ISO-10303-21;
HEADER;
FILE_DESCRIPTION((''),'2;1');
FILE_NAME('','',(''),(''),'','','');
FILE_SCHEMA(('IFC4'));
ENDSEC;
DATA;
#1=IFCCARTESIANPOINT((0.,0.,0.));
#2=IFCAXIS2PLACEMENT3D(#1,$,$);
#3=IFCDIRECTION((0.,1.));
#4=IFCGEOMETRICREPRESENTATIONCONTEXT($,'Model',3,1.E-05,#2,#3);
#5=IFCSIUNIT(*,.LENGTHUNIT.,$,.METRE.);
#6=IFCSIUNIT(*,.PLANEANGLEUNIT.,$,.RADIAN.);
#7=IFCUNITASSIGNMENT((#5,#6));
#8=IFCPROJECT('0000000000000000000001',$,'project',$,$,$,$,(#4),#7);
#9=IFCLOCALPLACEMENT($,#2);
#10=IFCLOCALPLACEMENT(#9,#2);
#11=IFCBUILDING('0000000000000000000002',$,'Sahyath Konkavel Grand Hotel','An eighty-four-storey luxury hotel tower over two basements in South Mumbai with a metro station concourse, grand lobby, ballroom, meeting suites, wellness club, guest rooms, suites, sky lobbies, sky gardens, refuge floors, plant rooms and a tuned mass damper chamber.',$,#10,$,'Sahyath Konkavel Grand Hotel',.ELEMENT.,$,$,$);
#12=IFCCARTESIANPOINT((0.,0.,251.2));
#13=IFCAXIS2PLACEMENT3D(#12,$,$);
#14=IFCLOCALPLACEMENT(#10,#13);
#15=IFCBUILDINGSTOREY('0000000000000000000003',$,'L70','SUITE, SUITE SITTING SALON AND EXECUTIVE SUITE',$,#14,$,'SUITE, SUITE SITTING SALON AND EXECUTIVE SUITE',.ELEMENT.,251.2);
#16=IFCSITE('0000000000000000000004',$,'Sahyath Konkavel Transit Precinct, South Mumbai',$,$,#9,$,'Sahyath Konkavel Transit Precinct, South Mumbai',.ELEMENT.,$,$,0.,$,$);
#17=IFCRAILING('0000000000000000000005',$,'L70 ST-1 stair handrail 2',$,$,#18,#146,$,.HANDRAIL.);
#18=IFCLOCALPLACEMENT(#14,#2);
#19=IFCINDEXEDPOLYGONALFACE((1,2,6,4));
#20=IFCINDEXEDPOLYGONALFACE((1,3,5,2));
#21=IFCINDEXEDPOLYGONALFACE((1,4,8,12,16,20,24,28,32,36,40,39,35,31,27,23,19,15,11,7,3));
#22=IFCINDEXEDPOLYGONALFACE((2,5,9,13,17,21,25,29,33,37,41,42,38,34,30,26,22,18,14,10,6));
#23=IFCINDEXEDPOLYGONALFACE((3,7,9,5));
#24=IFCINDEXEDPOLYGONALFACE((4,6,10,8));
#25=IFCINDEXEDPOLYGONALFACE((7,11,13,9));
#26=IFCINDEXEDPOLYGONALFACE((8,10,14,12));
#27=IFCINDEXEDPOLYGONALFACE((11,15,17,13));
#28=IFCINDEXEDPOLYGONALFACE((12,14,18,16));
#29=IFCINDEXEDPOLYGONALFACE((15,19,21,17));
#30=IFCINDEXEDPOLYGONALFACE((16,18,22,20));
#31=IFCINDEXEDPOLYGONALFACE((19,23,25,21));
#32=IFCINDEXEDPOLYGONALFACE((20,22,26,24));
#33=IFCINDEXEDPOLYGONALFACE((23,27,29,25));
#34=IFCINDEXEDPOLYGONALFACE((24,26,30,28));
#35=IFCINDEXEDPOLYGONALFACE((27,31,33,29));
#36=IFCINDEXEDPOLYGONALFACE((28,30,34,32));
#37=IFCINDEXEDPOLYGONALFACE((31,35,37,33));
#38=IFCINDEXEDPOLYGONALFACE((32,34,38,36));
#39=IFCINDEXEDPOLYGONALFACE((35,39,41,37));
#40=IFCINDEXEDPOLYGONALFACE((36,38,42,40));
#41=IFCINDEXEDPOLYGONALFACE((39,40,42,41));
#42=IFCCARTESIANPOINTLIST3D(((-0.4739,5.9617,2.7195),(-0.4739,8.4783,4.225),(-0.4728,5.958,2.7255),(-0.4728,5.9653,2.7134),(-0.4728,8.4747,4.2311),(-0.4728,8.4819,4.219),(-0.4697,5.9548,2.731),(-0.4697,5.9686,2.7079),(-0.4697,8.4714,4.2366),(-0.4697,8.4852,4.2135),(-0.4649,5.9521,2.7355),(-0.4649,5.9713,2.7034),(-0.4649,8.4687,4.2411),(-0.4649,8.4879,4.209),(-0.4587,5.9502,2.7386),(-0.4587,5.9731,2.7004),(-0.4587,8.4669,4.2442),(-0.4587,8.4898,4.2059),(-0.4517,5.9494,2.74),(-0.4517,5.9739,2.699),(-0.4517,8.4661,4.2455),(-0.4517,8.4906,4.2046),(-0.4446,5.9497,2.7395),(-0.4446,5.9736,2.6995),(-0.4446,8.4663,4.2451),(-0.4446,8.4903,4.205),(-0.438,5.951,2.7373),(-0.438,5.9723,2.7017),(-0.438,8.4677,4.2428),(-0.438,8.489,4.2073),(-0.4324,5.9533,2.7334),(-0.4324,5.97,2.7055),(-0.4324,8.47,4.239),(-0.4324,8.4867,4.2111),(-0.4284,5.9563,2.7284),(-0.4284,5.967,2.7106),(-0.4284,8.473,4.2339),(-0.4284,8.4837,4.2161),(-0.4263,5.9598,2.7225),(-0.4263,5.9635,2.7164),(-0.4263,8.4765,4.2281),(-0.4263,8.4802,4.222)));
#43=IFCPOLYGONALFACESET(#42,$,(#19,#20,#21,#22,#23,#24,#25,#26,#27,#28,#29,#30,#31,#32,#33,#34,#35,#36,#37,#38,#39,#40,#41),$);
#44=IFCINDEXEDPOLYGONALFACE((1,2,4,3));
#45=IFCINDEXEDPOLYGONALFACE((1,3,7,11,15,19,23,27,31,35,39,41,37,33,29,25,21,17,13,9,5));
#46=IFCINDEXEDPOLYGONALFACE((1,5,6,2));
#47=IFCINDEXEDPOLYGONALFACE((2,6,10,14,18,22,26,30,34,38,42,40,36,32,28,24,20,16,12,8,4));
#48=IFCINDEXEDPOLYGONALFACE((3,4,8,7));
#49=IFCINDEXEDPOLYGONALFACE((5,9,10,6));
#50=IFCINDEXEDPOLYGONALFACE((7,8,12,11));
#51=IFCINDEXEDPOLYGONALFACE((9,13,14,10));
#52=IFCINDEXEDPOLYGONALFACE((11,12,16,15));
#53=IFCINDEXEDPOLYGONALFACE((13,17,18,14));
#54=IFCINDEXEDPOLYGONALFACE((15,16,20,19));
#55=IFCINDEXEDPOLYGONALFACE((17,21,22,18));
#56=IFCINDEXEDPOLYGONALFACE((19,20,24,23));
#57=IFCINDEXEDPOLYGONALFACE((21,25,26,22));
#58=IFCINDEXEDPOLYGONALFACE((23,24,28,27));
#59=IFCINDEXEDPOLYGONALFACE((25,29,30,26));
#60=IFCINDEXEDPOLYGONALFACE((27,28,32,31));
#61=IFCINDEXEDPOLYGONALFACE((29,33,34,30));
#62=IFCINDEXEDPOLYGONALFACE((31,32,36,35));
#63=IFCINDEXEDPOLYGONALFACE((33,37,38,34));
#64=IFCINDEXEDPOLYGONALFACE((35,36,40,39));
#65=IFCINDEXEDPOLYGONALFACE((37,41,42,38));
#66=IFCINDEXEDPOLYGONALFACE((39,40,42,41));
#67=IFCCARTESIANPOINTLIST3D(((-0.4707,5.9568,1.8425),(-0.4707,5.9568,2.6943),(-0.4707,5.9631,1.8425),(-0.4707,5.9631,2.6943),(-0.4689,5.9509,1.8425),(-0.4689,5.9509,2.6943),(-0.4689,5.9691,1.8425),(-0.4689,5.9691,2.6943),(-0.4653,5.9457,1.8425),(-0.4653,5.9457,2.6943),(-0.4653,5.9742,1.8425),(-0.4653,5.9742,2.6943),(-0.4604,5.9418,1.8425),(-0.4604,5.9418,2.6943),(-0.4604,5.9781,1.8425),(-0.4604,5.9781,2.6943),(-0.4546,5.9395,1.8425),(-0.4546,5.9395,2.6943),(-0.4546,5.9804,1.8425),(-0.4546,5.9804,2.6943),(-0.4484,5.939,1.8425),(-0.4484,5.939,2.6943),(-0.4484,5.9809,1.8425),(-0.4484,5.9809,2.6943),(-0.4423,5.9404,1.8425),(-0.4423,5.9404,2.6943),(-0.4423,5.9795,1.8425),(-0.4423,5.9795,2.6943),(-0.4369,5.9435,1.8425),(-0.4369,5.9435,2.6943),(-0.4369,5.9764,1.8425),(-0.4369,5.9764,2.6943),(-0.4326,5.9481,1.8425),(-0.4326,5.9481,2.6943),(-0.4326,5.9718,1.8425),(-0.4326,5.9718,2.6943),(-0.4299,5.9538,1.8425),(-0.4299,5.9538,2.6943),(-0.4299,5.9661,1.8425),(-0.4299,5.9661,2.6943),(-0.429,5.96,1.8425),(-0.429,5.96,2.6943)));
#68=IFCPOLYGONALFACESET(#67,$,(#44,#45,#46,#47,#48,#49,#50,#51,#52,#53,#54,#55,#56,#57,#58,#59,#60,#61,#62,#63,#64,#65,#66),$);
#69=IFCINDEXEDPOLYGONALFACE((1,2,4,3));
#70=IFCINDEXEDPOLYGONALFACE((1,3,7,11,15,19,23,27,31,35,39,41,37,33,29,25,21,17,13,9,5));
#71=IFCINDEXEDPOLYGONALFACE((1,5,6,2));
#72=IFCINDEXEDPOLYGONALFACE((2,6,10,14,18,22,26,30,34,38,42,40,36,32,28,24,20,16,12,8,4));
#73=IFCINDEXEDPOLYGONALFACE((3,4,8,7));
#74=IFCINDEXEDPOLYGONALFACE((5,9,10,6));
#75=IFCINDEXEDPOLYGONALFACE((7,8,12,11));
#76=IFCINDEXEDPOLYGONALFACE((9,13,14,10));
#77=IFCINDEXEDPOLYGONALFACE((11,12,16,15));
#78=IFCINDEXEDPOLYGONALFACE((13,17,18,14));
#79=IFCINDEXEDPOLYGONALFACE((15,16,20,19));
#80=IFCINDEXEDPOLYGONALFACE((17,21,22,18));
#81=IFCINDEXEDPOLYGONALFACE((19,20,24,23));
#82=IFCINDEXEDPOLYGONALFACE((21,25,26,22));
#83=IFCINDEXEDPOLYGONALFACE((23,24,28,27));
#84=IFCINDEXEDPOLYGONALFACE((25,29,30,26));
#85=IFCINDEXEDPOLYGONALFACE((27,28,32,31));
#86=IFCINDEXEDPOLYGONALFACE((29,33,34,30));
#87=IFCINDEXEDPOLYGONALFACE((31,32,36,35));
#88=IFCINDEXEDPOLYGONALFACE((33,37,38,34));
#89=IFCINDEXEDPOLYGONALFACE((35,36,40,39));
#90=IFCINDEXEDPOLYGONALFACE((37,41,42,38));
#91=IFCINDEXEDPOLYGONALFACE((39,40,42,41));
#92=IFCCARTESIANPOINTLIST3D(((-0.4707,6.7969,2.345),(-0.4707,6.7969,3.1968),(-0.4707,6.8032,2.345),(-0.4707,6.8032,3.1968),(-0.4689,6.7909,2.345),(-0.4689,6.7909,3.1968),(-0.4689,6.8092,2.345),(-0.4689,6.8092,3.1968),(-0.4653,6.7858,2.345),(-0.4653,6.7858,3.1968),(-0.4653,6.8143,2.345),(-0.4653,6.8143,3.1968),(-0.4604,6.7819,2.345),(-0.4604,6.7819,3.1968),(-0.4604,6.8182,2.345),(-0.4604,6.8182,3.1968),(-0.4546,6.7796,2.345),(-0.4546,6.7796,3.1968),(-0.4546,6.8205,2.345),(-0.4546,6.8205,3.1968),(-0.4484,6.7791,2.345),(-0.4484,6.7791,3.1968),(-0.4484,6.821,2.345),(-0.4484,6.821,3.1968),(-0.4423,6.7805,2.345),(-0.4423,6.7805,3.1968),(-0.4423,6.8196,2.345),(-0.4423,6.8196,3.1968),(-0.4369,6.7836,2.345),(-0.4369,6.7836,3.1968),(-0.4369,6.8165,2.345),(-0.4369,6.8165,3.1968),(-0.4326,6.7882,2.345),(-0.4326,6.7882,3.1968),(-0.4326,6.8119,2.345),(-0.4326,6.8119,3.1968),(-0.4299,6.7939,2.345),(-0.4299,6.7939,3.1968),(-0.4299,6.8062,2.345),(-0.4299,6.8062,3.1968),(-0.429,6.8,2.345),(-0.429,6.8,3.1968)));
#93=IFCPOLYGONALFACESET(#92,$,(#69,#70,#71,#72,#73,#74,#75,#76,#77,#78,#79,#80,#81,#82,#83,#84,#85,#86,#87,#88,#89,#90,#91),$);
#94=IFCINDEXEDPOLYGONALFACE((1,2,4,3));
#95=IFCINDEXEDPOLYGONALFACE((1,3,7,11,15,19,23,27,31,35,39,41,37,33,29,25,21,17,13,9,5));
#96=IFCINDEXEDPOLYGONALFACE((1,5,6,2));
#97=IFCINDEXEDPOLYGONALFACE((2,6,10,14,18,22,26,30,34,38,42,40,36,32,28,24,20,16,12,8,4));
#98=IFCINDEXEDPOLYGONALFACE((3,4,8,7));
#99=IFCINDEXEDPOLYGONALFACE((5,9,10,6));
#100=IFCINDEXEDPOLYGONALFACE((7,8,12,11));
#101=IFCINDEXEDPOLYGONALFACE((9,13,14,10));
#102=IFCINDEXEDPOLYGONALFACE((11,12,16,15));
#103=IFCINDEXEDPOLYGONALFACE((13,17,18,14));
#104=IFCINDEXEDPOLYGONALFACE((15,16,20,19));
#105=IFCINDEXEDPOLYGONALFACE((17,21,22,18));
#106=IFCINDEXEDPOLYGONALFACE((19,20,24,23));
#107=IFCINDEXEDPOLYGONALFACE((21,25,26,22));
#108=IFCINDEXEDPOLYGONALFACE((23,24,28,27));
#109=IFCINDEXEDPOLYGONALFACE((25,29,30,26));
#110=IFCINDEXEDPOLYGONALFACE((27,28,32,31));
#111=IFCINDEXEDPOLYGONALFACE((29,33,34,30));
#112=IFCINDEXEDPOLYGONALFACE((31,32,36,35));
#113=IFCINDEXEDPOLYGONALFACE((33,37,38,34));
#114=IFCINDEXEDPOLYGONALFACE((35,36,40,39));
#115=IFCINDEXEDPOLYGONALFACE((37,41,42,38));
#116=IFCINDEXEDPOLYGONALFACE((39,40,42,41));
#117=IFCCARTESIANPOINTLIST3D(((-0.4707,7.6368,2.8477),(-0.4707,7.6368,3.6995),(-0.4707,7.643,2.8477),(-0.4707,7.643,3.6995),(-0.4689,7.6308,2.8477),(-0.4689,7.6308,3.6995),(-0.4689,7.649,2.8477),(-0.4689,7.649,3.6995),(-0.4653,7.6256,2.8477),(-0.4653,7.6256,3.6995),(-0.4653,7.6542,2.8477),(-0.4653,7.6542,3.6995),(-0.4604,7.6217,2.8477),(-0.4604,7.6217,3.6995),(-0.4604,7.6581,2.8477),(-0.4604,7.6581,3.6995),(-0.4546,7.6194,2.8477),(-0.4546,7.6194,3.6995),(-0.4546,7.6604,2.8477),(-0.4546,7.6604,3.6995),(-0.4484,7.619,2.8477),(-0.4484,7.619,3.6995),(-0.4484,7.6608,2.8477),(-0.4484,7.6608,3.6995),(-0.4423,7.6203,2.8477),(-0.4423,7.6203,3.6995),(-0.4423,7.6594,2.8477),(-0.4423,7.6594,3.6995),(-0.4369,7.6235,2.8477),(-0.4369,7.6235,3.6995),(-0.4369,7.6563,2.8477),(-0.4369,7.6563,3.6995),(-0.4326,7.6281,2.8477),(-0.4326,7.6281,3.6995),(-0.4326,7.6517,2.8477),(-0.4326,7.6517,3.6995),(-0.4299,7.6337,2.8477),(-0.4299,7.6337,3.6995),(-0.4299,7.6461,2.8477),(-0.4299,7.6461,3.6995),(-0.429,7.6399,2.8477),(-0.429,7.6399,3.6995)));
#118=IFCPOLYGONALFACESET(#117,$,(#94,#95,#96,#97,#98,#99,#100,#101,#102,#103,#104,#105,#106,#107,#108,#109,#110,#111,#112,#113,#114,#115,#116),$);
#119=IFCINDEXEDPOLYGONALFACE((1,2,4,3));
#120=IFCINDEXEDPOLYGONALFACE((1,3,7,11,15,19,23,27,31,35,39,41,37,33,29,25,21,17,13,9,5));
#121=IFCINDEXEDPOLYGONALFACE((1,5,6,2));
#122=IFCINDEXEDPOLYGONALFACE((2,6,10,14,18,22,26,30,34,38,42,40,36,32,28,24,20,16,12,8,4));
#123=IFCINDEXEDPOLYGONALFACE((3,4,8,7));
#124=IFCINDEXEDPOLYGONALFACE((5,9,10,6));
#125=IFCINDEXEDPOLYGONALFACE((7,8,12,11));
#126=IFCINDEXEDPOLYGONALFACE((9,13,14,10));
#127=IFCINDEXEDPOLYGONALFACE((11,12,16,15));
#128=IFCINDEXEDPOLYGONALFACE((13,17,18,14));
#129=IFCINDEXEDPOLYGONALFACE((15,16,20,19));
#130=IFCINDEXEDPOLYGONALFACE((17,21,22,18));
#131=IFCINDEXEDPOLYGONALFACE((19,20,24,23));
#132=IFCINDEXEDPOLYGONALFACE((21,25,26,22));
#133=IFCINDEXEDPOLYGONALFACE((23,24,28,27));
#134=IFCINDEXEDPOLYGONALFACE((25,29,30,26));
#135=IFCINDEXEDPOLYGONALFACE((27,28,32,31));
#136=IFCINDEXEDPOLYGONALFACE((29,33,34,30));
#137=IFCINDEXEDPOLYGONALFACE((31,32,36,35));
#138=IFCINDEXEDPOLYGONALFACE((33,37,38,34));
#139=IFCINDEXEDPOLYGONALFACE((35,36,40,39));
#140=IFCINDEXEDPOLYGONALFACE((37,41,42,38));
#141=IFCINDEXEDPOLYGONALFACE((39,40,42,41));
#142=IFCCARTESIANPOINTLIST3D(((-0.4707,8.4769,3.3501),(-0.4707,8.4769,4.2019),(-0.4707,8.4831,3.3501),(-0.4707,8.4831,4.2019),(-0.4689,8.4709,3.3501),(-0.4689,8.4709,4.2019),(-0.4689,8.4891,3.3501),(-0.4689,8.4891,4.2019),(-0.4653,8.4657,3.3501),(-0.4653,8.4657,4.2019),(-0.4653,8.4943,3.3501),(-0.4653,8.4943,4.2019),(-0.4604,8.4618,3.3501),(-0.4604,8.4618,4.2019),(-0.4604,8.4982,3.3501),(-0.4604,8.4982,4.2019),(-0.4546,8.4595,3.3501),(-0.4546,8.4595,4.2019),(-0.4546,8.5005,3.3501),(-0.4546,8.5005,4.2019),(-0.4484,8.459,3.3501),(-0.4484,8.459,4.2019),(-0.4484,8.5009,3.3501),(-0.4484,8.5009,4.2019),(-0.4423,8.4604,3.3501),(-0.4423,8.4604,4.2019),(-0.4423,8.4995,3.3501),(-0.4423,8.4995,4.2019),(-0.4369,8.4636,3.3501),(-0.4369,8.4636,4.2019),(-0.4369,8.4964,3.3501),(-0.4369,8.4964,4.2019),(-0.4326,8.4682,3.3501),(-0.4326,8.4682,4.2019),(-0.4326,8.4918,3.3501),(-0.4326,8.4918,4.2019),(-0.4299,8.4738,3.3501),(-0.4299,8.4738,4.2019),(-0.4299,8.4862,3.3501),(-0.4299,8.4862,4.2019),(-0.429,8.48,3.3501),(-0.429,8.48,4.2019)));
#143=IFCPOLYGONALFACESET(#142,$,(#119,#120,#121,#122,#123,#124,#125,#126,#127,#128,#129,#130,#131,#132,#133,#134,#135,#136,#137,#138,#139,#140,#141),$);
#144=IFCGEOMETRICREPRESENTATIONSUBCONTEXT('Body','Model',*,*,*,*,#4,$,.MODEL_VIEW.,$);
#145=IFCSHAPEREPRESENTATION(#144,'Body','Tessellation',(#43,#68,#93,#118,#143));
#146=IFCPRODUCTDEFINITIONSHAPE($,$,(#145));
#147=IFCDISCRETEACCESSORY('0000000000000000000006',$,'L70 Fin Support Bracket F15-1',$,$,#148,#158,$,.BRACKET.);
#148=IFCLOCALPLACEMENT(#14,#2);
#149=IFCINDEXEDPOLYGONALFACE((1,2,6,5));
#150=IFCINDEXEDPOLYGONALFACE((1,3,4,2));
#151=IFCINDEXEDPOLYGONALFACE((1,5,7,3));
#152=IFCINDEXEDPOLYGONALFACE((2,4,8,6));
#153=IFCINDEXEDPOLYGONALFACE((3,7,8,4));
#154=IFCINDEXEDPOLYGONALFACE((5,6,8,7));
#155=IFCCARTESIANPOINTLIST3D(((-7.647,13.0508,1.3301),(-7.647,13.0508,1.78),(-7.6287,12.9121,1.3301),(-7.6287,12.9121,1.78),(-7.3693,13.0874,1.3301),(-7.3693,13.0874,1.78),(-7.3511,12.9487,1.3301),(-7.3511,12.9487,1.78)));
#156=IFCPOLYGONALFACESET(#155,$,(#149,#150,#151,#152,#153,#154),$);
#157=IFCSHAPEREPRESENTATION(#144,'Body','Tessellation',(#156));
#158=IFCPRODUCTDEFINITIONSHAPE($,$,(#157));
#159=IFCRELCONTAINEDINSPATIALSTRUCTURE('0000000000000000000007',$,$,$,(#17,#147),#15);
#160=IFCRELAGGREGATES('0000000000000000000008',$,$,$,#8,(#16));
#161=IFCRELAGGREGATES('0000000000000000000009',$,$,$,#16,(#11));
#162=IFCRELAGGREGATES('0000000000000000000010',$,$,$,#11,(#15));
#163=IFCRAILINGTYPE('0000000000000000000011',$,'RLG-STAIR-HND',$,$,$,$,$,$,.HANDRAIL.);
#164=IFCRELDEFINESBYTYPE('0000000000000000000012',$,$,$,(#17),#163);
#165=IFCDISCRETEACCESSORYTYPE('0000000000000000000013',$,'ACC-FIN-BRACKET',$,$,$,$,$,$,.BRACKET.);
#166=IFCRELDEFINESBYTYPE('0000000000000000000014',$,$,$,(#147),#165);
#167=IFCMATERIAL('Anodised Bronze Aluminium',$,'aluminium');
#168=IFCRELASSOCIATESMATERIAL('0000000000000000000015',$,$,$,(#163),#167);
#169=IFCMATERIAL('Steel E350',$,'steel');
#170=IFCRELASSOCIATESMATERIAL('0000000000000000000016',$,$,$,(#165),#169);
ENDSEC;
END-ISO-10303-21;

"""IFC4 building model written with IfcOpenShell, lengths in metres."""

from ifc_helpers import new_model, si_unit, direction, frame, origin, origin_2d, place, context, subcontext, project, spatial, rectangle, circle, extrude, source, transform, mapped, material, type_object, element, save


model = new_model("IFC4")

# Units and contexts
model_context = context("Model", 3, precision=1e-05, world=origin(), true_north=direction((0.0, 1.0)))
body_context = subcontext(model_context, "Body", "Model", "MODEL_VIEW")
ifc_project = project(units=[si_unit("LENGTHUNIT", "METRE"), si_unit("PLANEANGLEUNIT", "RADIAN")], contexts=[model_context])

# Site, building, storey
site_placement = place(None, origin())
site = spatial("IfcSite", under=ifc_project, at=site_placement, Name="Sahyath Konkavel Transit Precinct, South Mumbai", LongName="Sahyath Konkavel Transit Precinct, South Mumbai", CompositionType="ELEMENT", RefElevation=0.0)
building_placement = place(site_placement, origin())
building = spatial("IfcBuilding", under=site, at=building_placement, Name="Sahyath Konkavel Grand Hotel", Description="An eighty-four-storey luxury hotel tower over two basements in South Mumbai with a metro station concourse, grand lobby, ballroom, meeting suites, wellness club, guest rooms, suites, sky lobbies, sky gardens, refuge floors, plant rooms and a tuned mass damper chamber.", LongName="Sahyath Konkavel Grand Hotel", CompositionType="ELEMENT")
storey_placement = place(building_placement, frame((0.0, 0.0, 251.2)))
storey = spatial("IfcBuildingStorey", under=building, at=storey_placement, Name="L70", Description="SUITE, SUITE SITTING SALON AND EXECUTIVE SUITE", LongName="SUITE, SUITE SITTING SALON AND EXECUTIVE SUITE", CompositionType="ELEMENT", Elevation=251.2)

# Shared definitions
ifc_material_1 = material(Name="Steel E350", Category="steel")

# Shared definitions
ifc_material_2 = material(Name="Anodised Bronze Aluminium", Category="aluminium")

# Railing
railing_type_1 = type_object("IfcRailingType", Name="RLG-STAIR-HND", PredefinedType="HANDRAIL", material=ifc_material_2)
railing_1_placement = place(storey_placement, frame((-0.45, 5.96, 1.8425)))
element("IfcRailing", 1, at=railing_1_placement, inside=storey, type_object=railing_type_1, Name="L70 ST-1 stair handrail 2", PredefinedType="HANDRAIL", context=body_context, shape_type="SweptSolid", body=[
    extrude(circle(Radius=0.0239, at=origin_2d()), frame((0.0, 0.0017, 0.877), z_axis=(0.0, 0.85816, 0.513383), x_axis=(-1.0, 0.0, 0.0)), (0.0, 0.0, 1.0), 2.9326),
    extrude(circle(Radius=0.021, at=origin_2d()), origin(), (0.0, 0.0, 1.0), 0.8518),
    extrude(circle(Radius=0.021, at=origin_2d()), frame((0.0, 0.8401, 0.5024)), (0.0, 0.0, 1.0), 0.8518),
    extrude(circle(Radius=0.021, at=origin_2d()), frame((0.0, 1.6799, 1.0051)), (0.0, 0.0, 1.0), 0.8518),
    extrude(circle(Radius=0.021, at=origin_2d()), frame((0.0, 2.52, 1.5076)), (0.0, 0.0, 1.0), 0.8518),
])

# Discrete accessory
discrete_accessory_type = type_object("IfcDiscreteAccessoryType", Name="ACC-FIN-BRACKET", PredefinedType="BRACKET", material=ifc_material_1)
shared_shape_1 = source(origin(), body_context, "Body", "SweptSolid", [
    extrude(rectangle(XDim=0.28, YDim=0.1399, at=origin_2d()), origin(), (0.0, 0.0, 1.0), 0.45),
])
discrete_accessory_placement = place(storey_placement, frame((-7.499, 12.9998, 1.3301), z_axis=(0.0, 0.0, 1.0), x_axis=(-0.991445, -0.130526, 0.0)))
element("IfcDiscreteAccessory", 2, at=discrete_accessory_placement, inside=storey, type_object=discrete_accessory_type, Name="L70 Fin Support Bracket F15-1", PredefinedType="BRACKET", context=body_context, shape_type="MappedRepresentation", body=[
    mapped(shared_shape_1, transform((0.0, 0.0, 0.0), scale=1.0)),
])

save(model, "model.ifc")
